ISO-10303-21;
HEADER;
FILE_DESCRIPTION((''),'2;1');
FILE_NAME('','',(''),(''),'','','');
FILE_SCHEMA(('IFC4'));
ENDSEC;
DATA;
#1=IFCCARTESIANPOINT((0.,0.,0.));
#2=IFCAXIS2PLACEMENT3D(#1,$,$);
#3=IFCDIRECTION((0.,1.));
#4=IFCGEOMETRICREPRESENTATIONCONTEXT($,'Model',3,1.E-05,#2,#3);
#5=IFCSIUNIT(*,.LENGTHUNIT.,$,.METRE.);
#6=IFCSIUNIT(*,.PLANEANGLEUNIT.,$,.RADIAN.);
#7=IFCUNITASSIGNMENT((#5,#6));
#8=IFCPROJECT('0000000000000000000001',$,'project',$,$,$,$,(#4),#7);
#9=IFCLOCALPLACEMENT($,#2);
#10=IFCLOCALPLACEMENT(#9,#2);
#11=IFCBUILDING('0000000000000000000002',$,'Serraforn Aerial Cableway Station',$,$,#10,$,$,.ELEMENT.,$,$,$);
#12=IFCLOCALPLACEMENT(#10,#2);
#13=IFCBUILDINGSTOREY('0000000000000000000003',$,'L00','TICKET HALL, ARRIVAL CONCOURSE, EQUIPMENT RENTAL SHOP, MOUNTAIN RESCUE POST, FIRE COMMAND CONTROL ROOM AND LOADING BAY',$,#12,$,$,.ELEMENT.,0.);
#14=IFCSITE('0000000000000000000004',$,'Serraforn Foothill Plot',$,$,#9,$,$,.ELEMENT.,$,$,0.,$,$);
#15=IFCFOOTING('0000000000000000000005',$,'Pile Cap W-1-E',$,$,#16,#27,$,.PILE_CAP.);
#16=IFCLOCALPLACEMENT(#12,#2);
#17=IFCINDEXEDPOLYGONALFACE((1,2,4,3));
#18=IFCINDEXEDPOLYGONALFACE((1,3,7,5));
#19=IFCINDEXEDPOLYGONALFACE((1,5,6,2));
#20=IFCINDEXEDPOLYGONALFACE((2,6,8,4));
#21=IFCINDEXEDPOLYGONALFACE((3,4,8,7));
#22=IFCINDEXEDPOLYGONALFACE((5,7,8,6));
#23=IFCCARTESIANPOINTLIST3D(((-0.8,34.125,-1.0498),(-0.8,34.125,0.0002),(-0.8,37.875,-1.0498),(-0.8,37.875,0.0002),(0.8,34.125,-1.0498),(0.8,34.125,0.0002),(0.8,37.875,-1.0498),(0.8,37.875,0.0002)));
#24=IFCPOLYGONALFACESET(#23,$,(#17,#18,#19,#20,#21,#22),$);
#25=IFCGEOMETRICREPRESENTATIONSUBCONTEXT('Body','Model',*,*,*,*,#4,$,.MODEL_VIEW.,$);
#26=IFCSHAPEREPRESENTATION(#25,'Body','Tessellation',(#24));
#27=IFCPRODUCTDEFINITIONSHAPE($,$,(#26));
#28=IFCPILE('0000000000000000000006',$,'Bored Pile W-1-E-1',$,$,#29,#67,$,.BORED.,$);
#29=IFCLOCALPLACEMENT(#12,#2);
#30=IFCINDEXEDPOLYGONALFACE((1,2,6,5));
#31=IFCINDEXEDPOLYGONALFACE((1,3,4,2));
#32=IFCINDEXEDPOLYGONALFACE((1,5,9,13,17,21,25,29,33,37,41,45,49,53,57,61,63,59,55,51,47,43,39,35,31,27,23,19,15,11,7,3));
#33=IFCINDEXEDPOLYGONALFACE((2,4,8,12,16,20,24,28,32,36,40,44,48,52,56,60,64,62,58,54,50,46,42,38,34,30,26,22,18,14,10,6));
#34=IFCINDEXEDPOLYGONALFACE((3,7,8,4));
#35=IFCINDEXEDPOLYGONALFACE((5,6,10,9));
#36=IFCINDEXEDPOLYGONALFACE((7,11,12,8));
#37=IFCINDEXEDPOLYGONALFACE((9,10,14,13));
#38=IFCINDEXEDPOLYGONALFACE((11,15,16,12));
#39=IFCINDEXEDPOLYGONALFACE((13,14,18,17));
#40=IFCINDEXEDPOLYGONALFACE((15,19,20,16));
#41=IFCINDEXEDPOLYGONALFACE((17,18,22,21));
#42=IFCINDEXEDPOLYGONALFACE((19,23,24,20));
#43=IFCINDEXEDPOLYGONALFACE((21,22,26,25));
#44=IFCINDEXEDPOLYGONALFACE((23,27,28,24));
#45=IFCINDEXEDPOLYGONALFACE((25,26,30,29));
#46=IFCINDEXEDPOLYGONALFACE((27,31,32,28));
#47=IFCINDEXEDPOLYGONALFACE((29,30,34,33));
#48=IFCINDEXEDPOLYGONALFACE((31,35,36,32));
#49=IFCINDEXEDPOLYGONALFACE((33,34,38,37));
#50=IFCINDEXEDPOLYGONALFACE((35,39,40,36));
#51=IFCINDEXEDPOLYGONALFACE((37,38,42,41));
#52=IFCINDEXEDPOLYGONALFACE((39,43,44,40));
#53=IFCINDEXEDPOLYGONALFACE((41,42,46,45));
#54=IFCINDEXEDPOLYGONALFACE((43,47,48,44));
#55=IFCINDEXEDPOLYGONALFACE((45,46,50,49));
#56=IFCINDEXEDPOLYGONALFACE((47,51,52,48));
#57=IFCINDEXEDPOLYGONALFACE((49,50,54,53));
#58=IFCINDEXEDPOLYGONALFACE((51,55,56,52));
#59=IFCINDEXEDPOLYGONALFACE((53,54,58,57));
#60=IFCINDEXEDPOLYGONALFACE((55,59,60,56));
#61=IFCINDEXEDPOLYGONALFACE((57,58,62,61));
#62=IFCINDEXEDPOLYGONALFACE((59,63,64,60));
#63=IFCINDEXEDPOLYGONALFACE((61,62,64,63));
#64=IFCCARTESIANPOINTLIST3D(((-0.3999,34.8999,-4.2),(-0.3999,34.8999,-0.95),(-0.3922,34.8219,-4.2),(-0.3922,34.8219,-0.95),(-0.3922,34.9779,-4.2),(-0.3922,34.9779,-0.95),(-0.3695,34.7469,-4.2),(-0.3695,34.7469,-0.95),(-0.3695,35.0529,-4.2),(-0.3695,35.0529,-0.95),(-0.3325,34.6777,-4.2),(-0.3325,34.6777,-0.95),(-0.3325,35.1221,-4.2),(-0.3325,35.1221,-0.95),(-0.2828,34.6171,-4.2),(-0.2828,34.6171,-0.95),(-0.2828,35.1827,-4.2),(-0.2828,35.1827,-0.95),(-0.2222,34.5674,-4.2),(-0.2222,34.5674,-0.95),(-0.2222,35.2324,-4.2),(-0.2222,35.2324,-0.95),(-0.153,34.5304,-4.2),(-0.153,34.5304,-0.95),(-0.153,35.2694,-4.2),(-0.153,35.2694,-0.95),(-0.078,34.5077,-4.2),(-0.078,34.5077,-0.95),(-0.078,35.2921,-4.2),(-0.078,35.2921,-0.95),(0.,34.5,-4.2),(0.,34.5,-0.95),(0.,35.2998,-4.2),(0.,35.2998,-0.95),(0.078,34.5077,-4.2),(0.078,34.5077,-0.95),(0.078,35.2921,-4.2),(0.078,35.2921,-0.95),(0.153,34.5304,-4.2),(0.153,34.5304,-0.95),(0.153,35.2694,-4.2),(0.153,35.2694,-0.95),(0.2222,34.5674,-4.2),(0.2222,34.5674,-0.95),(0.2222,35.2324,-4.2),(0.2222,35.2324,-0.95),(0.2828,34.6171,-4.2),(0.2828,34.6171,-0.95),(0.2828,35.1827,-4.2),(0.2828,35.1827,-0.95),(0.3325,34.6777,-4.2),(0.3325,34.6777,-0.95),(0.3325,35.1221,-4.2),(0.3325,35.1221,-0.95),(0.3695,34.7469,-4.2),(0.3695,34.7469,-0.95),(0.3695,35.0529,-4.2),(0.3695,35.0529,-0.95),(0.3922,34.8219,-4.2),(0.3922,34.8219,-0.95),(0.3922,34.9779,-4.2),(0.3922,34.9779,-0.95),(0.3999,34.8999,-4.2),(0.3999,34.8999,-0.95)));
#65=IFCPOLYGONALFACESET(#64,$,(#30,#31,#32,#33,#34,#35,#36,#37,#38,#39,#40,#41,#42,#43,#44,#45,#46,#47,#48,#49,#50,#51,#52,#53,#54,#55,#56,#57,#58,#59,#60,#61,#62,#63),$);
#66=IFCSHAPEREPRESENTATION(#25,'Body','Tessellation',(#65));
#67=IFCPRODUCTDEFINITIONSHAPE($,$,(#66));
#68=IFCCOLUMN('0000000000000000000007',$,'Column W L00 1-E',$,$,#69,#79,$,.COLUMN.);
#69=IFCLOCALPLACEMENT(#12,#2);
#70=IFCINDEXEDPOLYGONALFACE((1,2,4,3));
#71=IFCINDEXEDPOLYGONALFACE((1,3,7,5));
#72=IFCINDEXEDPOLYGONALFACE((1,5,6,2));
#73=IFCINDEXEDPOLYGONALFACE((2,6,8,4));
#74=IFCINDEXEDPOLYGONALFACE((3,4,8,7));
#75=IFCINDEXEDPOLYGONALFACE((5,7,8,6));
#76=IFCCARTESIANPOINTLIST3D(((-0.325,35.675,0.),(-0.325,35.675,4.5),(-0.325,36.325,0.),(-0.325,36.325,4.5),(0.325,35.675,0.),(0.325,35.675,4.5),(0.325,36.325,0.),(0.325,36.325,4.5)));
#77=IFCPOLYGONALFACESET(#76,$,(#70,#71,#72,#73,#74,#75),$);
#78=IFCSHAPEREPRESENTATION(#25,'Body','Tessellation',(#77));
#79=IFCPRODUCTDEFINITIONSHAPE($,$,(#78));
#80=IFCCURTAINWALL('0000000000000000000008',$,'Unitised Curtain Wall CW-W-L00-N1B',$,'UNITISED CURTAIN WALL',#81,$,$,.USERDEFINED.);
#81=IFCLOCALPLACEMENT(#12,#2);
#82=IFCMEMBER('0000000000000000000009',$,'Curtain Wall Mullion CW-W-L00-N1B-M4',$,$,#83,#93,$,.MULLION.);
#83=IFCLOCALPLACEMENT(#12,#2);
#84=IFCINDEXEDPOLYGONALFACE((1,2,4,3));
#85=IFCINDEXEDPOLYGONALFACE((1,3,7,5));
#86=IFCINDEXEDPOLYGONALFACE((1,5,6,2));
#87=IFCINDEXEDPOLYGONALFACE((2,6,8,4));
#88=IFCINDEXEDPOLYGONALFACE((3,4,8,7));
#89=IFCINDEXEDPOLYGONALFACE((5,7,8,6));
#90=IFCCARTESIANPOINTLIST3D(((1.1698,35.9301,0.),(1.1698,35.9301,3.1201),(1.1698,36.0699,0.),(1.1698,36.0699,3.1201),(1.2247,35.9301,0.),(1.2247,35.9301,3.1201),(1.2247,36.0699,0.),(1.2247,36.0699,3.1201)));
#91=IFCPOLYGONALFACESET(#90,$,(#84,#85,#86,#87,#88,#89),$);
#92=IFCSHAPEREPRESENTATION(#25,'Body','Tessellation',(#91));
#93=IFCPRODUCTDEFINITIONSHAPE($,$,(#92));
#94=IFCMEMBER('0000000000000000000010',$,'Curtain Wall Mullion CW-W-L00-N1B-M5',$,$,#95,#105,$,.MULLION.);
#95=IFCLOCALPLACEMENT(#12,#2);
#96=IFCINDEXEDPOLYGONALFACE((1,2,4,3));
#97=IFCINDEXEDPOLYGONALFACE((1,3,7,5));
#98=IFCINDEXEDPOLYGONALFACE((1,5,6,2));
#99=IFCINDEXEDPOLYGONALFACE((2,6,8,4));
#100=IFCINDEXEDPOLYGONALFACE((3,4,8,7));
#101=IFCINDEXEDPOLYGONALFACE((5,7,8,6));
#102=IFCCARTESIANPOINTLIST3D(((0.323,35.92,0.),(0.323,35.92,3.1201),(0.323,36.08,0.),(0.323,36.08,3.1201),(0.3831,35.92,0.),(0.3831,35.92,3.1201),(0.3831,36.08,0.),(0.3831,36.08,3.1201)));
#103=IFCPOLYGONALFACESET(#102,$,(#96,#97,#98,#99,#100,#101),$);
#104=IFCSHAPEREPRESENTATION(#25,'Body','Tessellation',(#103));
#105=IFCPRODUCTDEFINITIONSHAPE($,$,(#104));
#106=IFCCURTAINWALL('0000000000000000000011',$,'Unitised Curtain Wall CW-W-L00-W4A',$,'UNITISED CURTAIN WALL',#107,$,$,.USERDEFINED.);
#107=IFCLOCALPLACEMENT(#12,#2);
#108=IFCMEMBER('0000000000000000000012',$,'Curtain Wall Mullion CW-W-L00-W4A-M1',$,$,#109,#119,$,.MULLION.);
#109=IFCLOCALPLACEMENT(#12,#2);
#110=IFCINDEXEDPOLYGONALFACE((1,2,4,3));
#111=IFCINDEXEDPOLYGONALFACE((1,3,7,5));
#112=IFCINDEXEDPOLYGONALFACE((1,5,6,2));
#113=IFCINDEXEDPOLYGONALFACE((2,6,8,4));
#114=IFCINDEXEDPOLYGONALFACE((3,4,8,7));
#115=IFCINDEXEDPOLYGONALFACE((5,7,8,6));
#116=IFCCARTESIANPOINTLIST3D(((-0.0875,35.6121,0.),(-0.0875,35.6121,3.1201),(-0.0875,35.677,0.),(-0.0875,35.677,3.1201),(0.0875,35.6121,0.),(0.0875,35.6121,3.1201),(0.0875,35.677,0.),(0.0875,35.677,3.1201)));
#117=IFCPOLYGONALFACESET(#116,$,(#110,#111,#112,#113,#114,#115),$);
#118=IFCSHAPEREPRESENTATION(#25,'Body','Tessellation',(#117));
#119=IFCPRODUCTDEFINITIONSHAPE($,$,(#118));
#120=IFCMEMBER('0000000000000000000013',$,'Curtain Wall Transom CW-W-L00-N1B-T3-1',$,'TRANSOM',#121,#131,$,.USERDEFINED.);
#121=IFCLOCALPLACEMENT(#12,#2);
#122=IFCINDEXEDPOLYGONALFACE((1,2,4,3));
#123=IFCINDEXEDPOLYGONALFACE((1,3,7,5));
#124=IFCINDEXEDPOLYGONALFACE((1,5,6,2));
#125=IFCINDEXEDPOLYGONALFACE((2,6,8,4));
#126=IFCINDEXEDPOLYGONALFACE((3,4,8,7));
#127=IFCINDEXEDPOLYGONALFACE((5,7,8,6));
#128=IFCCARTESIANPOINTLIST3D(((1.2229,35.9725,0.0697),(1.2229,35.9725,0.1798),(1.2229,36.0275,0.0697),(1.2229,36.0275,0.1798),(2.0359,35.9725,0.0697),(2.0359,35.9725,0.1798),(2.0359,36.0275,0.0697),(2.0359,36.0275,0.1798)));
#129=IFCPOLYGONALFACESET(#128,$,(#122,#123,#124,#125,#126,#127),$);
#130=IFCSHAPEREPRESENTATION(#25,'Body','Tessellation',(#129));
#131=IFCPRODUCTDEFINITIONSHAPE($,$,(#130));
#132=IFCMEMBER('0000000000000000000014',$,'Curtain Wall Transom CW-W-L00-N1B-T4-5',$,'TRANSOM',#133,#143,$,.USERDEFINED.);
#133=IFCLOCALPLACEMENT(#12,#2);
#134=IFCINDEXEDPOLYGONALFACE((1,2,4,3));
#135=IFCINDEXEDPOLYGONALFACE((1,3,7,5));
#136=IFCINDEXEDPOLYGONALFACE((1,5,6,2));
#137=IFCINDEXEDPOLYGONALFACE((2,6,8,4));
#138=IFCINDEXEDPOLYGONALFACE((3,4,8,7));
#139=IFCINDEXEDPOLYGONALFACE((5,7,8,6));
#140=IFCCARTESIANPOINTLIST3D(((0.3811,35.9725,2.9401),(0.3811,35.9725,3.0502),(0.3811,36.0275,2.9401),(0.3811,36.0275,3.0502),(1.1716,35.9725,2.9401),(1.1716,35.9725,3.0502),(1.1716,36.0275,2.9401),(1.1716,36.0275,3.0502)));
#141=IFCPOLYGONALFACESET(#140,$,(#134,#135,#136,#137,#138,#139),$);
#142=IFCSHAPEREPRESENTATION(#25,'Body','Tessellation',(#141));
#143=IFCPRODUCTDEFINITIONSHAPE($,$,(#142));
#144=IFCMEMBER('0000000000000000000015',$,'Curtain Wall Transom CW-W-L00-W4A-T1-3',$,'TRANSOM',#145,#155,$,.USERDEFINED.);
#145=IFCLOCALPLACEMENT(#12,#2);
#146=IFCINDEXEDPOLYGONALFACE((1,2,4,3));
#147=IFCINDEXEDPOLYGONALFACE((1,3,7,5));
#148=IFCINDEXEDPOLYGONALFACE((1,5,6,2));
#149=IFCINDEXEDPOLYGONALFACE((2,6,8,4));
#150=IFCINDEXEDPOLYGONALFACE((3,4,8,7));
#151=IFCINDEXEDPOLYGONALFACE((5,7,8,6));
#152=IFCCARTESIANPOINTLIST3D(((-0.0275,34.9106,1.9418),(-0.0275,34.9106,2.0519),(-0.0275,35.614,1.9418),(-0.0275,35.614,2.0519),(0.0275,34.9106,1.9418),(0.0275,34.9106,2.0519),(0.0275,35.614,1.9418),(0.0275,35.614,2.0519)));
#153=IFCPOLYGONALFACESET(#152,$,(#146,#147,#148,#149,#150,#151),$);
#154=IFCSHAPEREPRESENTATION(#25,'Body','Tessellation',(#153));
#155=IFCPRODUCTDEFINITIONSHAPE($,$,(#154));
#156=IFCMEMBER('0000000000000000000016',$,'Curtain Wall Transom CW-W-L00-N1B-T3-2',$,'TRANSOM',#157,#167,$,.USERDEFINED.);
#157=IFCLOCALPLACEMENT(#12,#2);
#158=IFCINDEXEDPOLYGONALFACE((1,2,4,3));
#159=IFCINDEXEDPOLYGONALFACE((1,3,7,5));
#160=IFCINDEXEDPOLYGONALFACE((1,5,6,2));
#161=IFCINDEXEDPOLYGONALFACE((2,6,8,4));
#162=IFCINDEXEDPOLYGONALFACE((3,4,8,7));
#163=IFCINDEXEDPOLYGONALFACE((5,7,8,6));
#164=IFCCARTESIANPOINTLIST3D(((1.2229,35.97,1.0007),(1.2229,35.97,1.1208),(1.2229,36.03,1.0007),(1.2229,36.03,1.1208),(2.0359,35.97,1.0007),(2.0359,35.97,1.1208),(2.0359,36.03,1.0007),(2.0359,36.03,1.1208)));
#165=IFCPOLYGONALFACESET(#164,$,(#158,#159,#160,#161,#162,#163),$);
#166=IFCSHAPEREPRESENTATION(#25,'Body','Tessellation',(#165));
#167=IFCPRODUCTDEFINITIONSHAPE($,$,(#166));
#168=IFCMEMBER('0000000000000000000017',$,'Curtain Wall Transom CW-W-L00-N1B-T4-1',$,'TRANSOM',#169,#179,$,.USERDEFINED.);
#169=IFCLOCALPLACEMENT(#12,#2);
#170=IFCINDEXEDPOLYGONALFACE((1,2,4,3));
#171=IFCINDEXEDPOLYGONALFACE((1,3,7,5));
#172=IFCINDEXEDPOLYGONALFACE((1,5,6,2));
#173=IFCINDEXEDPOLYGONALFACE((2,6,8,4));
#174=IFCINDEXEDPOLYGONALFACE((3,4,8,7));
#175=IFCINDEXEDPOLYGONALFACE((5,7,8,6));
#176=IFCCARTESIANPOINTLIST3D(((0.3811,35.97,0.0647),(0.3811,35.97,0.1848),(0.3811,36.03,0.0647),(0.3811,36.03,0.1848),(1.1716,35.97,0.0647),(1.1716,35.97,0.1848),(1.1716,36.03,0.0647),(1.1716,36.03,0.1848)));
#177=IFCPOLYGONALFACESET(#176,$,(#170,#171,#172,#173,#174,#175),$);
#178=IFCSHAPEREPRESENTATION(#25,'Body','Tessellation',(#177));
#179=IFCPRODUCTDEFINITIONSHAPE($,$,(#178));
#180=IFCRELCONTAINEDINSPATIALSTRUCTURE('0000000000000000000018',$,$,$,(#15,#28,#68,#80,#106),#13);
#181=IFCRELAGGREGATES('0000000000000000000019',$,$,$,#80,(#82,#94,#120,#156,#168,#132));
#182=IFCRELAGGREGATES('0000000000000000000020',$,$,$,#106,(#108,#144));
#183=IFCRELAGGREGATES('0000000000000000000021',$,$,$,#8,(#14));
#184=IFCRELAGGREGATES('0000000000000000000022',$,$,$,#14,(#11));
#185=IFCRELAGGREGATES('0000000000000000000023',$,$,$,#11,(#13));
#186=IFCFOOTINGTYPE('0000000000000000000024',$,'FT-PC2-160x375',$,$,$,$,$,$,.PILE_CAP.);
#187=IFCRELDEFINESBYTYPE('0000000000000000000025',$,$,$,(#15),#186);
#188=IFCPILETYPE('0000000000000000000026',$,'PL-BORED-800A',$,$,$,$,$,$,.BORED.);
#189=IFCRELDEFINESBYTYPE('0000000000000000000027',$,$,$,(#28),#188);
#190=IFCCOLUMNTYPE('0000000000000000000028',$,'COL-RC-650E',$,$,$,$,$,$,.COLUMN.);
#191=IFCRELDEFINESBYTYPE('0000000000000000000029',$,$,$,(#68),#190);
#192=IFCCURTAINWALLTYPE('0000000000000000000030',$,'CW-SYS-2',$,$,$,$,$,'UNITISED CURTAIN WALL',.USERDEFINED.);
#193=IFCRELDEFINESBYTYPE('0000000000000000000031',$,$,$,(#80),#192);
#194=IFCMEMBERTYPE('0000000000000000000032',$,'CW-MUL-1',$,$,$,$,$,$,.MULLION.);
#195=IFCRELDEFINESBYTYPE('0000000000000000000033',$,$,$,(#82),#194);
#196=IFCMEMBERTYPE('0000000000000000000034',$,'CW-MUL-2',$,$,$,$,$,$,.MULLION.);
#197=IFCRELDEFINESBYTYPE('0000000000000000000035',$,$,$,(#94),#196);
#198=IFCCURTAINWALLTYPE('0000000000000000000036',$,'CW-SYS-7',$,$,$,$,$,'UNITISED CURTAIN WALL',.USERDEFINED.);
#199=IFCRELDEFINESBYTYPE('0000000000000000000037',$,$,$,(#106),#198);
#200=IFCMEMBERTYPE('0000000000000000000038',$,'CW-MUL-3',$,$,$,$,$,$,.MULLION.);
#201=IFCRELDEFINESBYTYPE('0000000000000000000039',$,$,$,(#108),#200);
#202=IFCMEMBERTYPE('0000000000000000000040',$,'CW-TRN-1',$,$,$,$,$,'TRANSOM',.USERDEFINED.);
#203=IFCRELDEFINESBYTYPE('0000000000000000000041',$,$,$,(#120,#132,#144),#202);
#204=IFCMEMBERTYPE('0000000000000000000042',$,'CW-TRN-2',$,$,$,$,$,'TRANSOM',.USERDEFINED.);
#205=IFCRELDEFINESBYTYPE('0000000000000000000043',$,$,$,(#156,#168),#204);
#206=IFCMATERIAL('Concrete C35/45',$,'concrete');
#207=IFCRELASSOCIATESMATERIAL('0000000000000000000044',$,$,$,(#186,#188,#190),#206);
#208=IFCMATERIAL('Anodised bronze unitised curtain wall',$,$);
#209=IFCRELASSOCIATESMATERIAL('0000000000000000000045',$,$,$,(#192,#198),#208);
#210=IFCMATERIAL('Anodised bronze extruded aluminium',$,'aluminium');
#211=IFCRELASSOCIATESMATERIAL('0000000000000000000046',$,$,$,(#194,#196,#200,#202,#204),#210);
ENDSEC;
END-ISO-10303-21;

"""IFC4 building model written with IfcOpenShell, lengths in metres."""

from ifc_helpers import new_model, si_unit, direction, frame, origin, origin_2d, place, context, subcontext, project, spatial, rectangle, circle, extrude, material, material_profile, profile_set, type_object, element, aggregate, save


model = new_model("IFC4")

# Units and contexts
model_context = context("Model", 3, precision=1e-05, world=origin(), true_north=direction((0.0, 1.0)))
body_context = subcontext(model_context, "Body", "Model", "MODEL_VIEW")
ifc_project = project(units=[si_unit("LENGTHUNIT", "METRE"), si_unit("PLANEANGLEUNIT", "RADIAN")], contexts=[model_context])

# Site, building, storey
site_placement = place(None, origin())
site = spatial("IfcSite", under=ifc_project, at=site_placement, Name="Serraforn Foothill Plot", CompositionType="ELEMENT", RefElevation=0.0)
building_placement = place(site_placement, origin())
building = spatial("IfcBuilding", under=site, at=building_placement, Name="Serraforn Aerial Cableway Station", CompositionType="ELEMENT")
storey_placement = place(building_placement, origin())
storey = spatial("IfcBuildingStorey", under=building, at=storey_placement, Name="L00", Description="TICKET HALL, ARRIVAL CONCOURSE, EQUIPMENT RENTAL SHOP, MOUNTAIN RESCUE POST, FIRE COMMAND CONTROL ROOM AND LOADING BAY", CompositionType="ELEMENT", Elevation=0.0)

# Footing
ifc_material_1 = material(Name="Concrete C35/45", Category="concrete")
footing_type = type_object("IfcFootingType", Name="FT-PC2-160x375", PredefinedType="PILE_CAP", material=ifc_material_1)
footing_placement = place(storey_placement, frame((0.0, 36.0, -1.0498), z_axis=(0.0, 0.0, 1.0), x_axis=(1.0, 0.0, 0.0)))
element("IfcFooting", 1, at=footing_placement, inside=storey, type_object=footing_type, Name="Pile Cap W-1-E", PredefinedType="PILE_CAP", context=body_context, shape_type="SweptSolid", body=[
    extrude(rectangle(XDim=1.6001, YDim=3.75, at=origin_2d()), origin(), (0.0, 0.0, 1.0), 1.05),
])

# Pile
ifc_material_profile_1 = material_profile(ifc_material_1, circle(Radius=0.3999, at=origin_2d()), Name="BORED PILE D800")
ifc_profile_set_1 = profile_set([ifc_material_profile_1], Name="Concrete C35/45")
pile_type = type_object("IfcPileType", Name="PL-BORED-800A", PredefinedType="BORED", material=ifc_profile_set_1)
pile_placement = place(storey_placement, frame((0.0, 34.8999, -0.95), z_axis=(0.0, 0.0, -1.0), x_axis=(1.0, 0.0, 0.0)))
element("IfcPile", 2, at=pile_placement, inside=storey, type_object=pile_type, Name="Bored Pile W-1-E-1", PredefinedType="BORED", context=body_context, shape_type="SweptSolid", body=[
    extrude(circle(Radius=0.3999, at=origin_2d()), origin(), (0.0, 0.0, 1.0), 3.25),
])

# Column
ifc_material_profile_2 = material_profile(ifc_material_1, rectangle(XDim=0.6499, YDim=0.6499, at=origin_2d()), Name="RC 650x650")
ifc_profile_set_2 = profile_set([ifc_material_profile_2], Name="Concrete C35/45")
column_type = type_object("IfcColumnType", Name="COL-RC-650E", PredefinedType="COLUMN", material=ifc_profile_set_2)
column_placement = place(storey_placement, frame((0.0, 36.0, 0.0), z_axis=(0.0, 0.0, 1.0), x_axis=(1.0, 0.0, 0.0)))
element("IfcColumn", 3, at=column_placement, inside=storey, type_object=column_type, Name="Column W L00 1-E", PredefinedType="COLUMN", context=body_context, shape_type="SweptSolid", body=[
    extrude(rectangle(XDim=0.6499, YDim=0.6499, at=origin_2d()), origin(), (0.0, 0.0, 1.0), 4.5),
])

# Curtain wall, members
ifc_material_2 = material(Name="Anodised bronze unitised curtain wall")
curtain_wall_type_1 = type_object("IfcCurtainWallType", Name="CW-SYS-2", ElementType="UNITISED CURTAIN WALL", PredefinedType="USERDEFINED", material=ifc_material_2)
curtain_wall_1_placement = place(storey_placement, origin())
curtain_wall_1 = element("IfcCurtainWall", 4, at=curtain_wall_1_placement, inside=storey, type_object=curtain_wall_type_1, Name="Unitised Curtain Wall CW-W-L00-N1B", ObjectType="UNITISED CURTAIN WALL", PredefinedType="USERDEFINED")
ifc_material_3 = material(Name="Anodised bronze extruded aluminium", Category="aluminium")
ifc_material_profile_3 = material_profile(ifc_material_3, rectangle(XDim=0.0549, YDim=0.1399, at=origin_2d()), Name="CW MULLION 55x140")
ifc_profile_set_3 = profile_set([ifc_material_profile_3], Name="Anodised bronze extruded aluminium")
member_type_1 = type_object("IfcMemberType", Name="CW-MUL-1", PredefinedType="MULLION", material=ifc_profile_set_3)
member_1_placement = place(storey_placement, frame((1.1973, 36.0, 0.0), z_axis=(0.0, 0.0, 1.0), x_axis=(-1.0, 0.0, 0.0)))
member_1 = element("IfcMember", 5, at=member_1_placement, type_object=member_type_1, Name="Curtain Wall Mullion CW-W-L00-N1B-M4", PredefinedType="MULLION", context=body_context, shape_type="SweptSolid", body=[
    extrude(rectangle(XDim=0.0549, YDim=0.1399, at=origin_2d()), origin(), (0.0, 0.0, 1.0), 3.1201),
])
ifc_material_profile_4 = material_profile(ifc_material_3, rectangle(XDim=0.0601, YDim=0.1599, at=origin_2d()), Name="CW MULLION 60x160")
ifc_profile_set_4 = profile_set([ifc_material_profile_4], Name="Anodised bronze extruded aluminium")
member_type_2 = type_object("IfcMemberType", Name="CW-MUL-2", PredefinedType="MULLION", material=ifc_profile_set_4)
member_2_placement = place(storey_placement, frame((0.353, 36.0, 0.0), z_axis=(0.0, 0.0, 1.0), x_axis=(-1.0, 0.0, 0.0)))
member_2 = element("IfcMember", 6, at=member_2_placement, type_object=member_type_2, Name="Curtain Wall Mullion CW-W-L00-N1B-M5", PredefinedType="MULLION", context=body_context, shape_type="SweptSolid", body=[
    extrude(rectangle(XDim=0.0601, YDim=0.1599, at=origin_2d()), origin(), (0.0, 0.0, 1.0), 3.1201),
])

# Curtain wall, member
curtain_wall_type_2 = type_object("IfcCurtainWallType", Name="CW-SYS-7", ElementType="UNITISED CURTAIN WALL", PredefinedType="USERDEFINED", material=ifc_material_2)
curtain_wall_2_placement = place(storey_placement, origin())
curtain_wall_2 = element("IfcCurtainWall", 7, at=curtain_wall_2_placement, inside=storey, type_object=curtain_wall_type_2, Name="Unitised Curtain Wall CW-W-L00-W4A", ObjectType="UNITISED CURTAIN WALL", PredefinedType="USERDEFINED")
ifc_material_profile_5 = material_profile(ifc_material_3, rectangle(XDim=0.0649, YDim=0.175, at=origin_2d()), Name="CW MULLION 65x175")
ifc_profile_set_5 = profile_set([ifc_material_profile_5], Name="Anodised bronze extruded aluminium")
member_type_3 = type_object("IfcMemberType", Name="CW-MUL-3", PredefinedType="MULLION", material=ifc_profile_set_5)
member_3_placement = place(storey_placement, frame((0.0, 35.6445, 0.0), z_axis=(0.0, 0.0, 1.0), x_axis=(0.0, -1.0, 0.0)))
member_3 = element("IfcMember", 8, at=member_3_placement, type_object=member_type_3, Name="Curtain Wall Mullion CW-W-L00-W4A-M1", PredefinedType="MULLION", context=body_context, shape_type="SweptSolid", body=[
    extrude(rectangle(XDim=0.0649, YDim=0.175, at=origin_2d()), origin(), (0.0, 0.0, 1.0), 3.1201),
])

# Members
ifc_material_profile_6 = material_profile(ifc_material_3, rectangle(XDim=0.0549, YDim=0.1101, at=origin_2d()), Name="CW TRANSOM 55x110")
ifc_profile_set_6 = profile_set([ifc_material_profile_6], Name="Anodised bronze extruded aluminium")
member_type_4 = type_object("IfcMemberType", Name="CW-TRN-1", ElementType="TRANSOM", PredefinedType="USERDEFINED", material=ifc_profile_set_6)
member_4_placement = place(storey_placement, frame((2.0359, 36.0, 0.1248), z_axis=(-1.0, 0.0, 0.0), x_axis=(0.0, -1.0, 0.0)))
member_4 = element("IfcMember", 9, at=member_4_placement, type_object=member_type_4, Name="Curtain Wall Transom CW-W-L00-N1B-T3-1", ObjectType="TRANSOM", PredefinedType="USERDEFINED", context=body_context, shape_type="SweptSolid", body=[
    extrude(rectangle(XDim=0.0549, YDim=0.1101, at=origin_2d()), origin(), (0.0, 0.0, 1.0), 0.813),
])
member_5_placement = place(storey_placement, frame((1.1716, 36.0, 2.9951), z_axis=(-1.0, 0.0, 0.0), x_axis=(0.0, -1.0, 0.0)))
member_5 = element("IfcMember", 10, at=member_5_placement, type_object=member_type_4, Name="Curtain Wall Transom CW-W-L00-N1B-T4-5", ObjectType="TRANSOM", PredefinedType="USERDEFINED", context=body_context, shape_type="SweptSolid", body=[
    extrude(rectangle(XDim=0.0549, YDim=0.1101, at=origin_2d()), origin(), (0.0, 0.0, 1.0), 0.7905),
])
member_6_placement = place(storey_placement, frame((0.0, 35.614, 1.9968), z_axis=(0.0, -1.0, 0.0), x_axis=(1.0, 0.0, 0.0)))
member_6 = element("IfcMember", 11, at=member_6_placement, type_object=member_type_4, Name="Curtain Wall Transom CW-W-L00-W4A-T1-3", ObjectType="TRANSOM", PredefinedType="USERDEFINED", context=body_context, shape_type="SweptSolid", body=[
    extrude(rectangle(XDim=0.0549, YDim=0.1101, at=origin_2d()), origin(), (0.0, 0.0, 1.0), 0.7034),
])
ifc_material_profile_7 = material_profile(ifc_material_3, rectangle(XDim=0.0601, YDim=0.1201, at=origin_2d()), Name="CW TRANSOM 60x120")
ifc_profile_set_7 = profile_set([ifc_material_profile_7], Name="Anodised bronze extruded aluminium")
member_type_5 = type_object("IfcMemberType", Name="CW-TRN-2", ElementType="TRANSOM", PredefinedType="USERDEFINED", material=ifc_profile_set_7)
member_7_placement = place(storey_placement, frame((2.0359, 36.0, 1.0608), z_axis=(-1.0, 0.0, 0.0), x_axis=(0.0, -1.0, 0.0)))
member_7 = element("IfcMember", 12, at=member_7_placement, type_object=member_type_5, Name="Curtain Wall Transom CW-W-L00-N1B-T3-2", ObjectType="TRANSOM", PredefinedType="USERDEFINED", context=body_context, shape_type="SweptSolid", body=[
    extrude(rectangle(XDim=0.0601, YDim=0.1201, at=origin_2d()), origin(), (0.0, 0.0, 1.0), 0.813),
])
member_8_placement = place(storey_placement, frame((1.1716, 36.0, 0.1248), z_axis=(-1.0, 0.0, 0.0), x_axis=(0.0, -1.0, 0.0)))
member_8 = element("IfcMember", 13, at=member_8_placement, type_object=member_type_5, Name="Curtain Wall Transom CW-W-L00-N1B-T4-1", ObjectType="TRANSOM", PredefinedType="USERDEFINED", context=body_context, shape_type="SweptSolid", body=[
    extrude(rectangle(XDim=0.0601, YDim=0.1201, at=origin_2d()), origin(), (0.0, 0.0, 1.0), 0.7905),
])

aggregate(curtain_wall_1, [member_1, member_2, member_4, member_7, member_8, member_5])
aggregate(curtain_wall_2, [member_3, member_6])

save(model, "model.ifc")
